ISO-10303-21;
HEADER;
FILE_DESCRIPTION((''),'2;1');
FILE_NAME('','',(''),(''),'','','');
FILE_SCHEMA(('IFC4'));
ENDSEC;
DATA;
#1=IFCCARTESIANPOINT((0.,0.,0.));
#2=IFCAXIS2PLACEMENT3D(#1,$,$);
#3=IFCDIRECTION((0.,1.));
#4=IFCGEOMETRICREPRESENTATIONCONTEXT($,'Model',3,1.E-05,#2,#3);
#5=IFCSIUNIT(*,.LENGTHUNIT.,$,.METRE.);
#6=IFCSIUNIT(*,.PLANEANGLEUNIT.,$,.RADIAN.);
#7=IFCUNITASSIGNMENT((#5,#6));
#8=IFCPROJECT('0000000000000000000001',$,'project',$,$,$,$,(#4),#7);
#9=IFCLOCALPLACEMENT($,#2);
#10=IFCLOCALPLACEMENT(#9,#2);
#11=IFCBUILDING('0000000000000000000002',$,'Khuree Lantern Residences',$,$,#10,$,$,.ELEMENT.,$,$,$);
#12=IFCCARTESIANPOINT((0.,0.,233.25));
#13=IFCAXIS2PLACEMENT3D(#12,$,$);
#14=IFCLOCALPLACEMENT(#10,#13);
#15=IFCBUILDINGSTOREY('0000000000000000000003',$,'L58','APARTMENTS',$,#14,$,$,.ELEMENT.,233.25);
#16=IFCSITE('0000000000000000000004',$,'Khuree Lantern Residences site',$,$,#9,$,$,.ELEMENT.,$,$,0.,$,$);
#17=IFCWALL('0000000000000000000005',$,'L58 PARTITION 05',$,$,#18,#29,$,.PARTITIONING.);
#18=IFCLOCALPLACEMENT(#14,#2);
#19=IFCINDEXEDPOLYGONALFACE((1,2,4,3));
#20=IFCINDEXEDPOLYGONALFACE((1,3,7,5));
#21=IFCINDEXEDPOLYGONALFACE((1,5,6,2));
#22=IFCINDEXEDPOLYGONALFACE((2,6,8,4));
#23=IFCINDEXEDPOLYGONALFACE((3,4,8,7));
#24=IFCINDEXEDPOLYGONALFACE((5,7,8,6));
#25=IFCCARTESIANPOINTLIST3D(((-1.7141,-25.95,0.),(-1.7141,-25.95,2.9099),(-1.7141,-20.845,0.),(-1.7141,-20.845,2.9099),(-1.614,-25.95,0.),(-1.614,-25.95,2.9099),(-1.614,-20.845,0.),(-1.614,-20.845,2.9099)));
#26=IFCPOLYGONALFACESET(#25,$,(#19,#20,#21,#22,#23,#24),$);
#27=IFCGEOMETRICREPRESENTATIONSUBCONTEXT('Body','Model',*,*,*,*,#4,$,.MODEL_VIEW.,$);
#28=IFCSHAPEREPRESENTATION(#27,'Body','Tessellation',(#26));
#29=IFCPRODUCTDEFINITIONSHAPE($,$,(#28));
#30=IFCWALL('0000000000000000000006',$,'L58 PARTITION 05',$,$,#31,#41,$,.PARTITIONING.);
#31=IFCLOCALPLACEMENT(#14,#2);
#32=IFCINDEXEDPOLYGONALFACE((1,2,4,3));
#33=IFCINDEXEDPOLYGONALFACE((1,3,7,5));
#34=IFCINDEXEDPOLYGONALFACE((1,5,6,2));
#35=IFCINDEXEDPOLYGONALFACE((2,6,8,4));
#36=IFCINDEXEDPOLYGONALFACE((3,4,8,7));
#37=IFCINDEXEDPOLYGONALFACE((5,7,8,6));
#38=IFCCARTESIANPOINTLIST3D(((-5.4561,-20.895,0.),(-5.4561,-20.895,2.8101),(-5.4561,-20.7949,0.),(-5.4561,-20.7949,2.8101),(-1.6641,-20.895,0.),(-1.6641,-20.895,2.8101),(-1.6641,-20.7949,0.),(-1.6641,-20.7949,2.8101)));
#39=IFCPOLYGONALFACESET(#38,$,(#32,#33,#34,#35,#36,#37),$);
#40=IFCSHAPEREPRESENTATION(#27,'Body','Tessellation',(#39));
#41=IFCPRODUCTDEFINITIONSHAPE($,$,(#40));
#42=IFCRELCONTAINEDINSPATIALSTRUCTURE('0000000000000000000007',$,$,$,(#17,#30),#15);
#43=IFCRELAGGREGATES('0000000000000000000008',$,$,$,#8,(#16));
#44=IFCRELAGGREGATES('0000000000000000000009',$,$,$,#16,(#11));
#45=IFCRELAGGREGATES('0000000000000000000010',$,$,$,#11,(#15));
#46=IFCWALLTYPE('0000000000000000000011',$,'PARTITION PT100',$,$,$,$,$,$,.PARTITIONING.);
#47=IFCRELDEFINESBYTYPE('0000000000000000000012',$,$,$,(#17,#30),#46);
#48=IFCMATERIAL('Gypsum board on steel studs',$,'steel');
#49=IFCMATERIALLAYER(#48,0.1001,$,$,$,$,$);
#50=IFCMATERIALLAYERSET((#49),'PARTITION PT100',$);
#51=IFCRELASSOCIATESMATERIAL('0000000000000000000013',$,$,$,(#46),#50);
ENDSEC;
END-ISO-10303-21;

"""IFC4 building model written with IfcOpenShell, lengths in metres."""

from ifc_helpers import new_model, si_unit, direction, frame, frame_2d, origin, place, context, subcontext, project, spatial, rectangle, extrude, material, layer, layer_set, type_object, element, save


model = new_model("IFC4")

# Units and contexts
model_context = context("Model", 3, precision=1e-05, world=origin(), true_north=direction((0.0, 1.0)))
body_context = subcontext(model_context, "Body", "Model", "MODEL_VIEW")
ifc_project = project(units=[si_unit("LENGTHUNIT", "METRE"), si_unit("PLANEANGLEUNIT", "RADIAN")], contexts=[model_context])

# Site, building, storey
site_placement = place(None, origin())
site = spatial("IfcSite", under=ifc_project, at=site_placement, Name="Khuree Lantern Residences site", CompositionType="ELEMENT", RefElevation=0.0)
building_placement = place(site_placement, origin())
building = spatial("IfcBuilding", under=site, at=building_placement, Name="Khuree Lantern Residences", CompositionType="ELEMENT")
storey_placement = place(building_placement, frame((0.0, 0.0, 233.25)))
storey = spatial("IfcBuildingStorey", under=building, at=storey_placement, Name="L58", Description="APARTMENTS", CompositionType="ELEMENT", Elevation=233.25)

# Shared definitions
ifc_material_1 = material(Name="Gypsum board on steel studs", Category="steel")

# Walls
ifc_layer_1 = layer(ifc_material_1, 0.1001)
ifc_layer_set_1 = layer_set([ifc_layer_1], Name="PARTITION PT100")
wall_type_1 = type_object("IfcWallType", Name="PARTITION PT100", PredefinedType="PARTITIONING", material=ifc_layer_set_1)
wall_1_placement = place(storey_placement, frame((-1.6641, -20.845, 0.0), z_axis=(0.0, 0.0, 1.0), x_axis=(0.0, -1.0, 0.0)))
element("IfcWall", 1, at=wall_1_placement, inside=storey, type_object=wall_type_1, Name="L58 PARTITION 05", PredefinedType="PARTITIONING", context=body_context, shape_type="SweptSolid", body=[
    extrude(rectangle(XDim=5.105, YDim=0.1001, at=frame_2d((2.5525, 0.0))), origin(), (0.0, 0.0, 1.0), 2.9099),
])
wall_2_placement = place(storey_placement, frame((-5.4561, -20.845, 0.0), z_axis=(0.0, 0.0, 1.0), x_axis=(1.0, 0.0, 0.0)))
element("IfcWall", 2, at=wall_2_placement, inside=storey, type_object=wall_type_1, Name="L58 PARTITION 05", PredefinedType="PARTITIONING", context=body_context, shape_type="SweptSolid", body=[
    extrude(rectangle(XDim=3.792, YDim=0.1001, at=frame_2d((1.896, 0.0))), origin(), (0.0, 0.0, 1.0), 2.8101),
])

save(model, "model.ifc")
